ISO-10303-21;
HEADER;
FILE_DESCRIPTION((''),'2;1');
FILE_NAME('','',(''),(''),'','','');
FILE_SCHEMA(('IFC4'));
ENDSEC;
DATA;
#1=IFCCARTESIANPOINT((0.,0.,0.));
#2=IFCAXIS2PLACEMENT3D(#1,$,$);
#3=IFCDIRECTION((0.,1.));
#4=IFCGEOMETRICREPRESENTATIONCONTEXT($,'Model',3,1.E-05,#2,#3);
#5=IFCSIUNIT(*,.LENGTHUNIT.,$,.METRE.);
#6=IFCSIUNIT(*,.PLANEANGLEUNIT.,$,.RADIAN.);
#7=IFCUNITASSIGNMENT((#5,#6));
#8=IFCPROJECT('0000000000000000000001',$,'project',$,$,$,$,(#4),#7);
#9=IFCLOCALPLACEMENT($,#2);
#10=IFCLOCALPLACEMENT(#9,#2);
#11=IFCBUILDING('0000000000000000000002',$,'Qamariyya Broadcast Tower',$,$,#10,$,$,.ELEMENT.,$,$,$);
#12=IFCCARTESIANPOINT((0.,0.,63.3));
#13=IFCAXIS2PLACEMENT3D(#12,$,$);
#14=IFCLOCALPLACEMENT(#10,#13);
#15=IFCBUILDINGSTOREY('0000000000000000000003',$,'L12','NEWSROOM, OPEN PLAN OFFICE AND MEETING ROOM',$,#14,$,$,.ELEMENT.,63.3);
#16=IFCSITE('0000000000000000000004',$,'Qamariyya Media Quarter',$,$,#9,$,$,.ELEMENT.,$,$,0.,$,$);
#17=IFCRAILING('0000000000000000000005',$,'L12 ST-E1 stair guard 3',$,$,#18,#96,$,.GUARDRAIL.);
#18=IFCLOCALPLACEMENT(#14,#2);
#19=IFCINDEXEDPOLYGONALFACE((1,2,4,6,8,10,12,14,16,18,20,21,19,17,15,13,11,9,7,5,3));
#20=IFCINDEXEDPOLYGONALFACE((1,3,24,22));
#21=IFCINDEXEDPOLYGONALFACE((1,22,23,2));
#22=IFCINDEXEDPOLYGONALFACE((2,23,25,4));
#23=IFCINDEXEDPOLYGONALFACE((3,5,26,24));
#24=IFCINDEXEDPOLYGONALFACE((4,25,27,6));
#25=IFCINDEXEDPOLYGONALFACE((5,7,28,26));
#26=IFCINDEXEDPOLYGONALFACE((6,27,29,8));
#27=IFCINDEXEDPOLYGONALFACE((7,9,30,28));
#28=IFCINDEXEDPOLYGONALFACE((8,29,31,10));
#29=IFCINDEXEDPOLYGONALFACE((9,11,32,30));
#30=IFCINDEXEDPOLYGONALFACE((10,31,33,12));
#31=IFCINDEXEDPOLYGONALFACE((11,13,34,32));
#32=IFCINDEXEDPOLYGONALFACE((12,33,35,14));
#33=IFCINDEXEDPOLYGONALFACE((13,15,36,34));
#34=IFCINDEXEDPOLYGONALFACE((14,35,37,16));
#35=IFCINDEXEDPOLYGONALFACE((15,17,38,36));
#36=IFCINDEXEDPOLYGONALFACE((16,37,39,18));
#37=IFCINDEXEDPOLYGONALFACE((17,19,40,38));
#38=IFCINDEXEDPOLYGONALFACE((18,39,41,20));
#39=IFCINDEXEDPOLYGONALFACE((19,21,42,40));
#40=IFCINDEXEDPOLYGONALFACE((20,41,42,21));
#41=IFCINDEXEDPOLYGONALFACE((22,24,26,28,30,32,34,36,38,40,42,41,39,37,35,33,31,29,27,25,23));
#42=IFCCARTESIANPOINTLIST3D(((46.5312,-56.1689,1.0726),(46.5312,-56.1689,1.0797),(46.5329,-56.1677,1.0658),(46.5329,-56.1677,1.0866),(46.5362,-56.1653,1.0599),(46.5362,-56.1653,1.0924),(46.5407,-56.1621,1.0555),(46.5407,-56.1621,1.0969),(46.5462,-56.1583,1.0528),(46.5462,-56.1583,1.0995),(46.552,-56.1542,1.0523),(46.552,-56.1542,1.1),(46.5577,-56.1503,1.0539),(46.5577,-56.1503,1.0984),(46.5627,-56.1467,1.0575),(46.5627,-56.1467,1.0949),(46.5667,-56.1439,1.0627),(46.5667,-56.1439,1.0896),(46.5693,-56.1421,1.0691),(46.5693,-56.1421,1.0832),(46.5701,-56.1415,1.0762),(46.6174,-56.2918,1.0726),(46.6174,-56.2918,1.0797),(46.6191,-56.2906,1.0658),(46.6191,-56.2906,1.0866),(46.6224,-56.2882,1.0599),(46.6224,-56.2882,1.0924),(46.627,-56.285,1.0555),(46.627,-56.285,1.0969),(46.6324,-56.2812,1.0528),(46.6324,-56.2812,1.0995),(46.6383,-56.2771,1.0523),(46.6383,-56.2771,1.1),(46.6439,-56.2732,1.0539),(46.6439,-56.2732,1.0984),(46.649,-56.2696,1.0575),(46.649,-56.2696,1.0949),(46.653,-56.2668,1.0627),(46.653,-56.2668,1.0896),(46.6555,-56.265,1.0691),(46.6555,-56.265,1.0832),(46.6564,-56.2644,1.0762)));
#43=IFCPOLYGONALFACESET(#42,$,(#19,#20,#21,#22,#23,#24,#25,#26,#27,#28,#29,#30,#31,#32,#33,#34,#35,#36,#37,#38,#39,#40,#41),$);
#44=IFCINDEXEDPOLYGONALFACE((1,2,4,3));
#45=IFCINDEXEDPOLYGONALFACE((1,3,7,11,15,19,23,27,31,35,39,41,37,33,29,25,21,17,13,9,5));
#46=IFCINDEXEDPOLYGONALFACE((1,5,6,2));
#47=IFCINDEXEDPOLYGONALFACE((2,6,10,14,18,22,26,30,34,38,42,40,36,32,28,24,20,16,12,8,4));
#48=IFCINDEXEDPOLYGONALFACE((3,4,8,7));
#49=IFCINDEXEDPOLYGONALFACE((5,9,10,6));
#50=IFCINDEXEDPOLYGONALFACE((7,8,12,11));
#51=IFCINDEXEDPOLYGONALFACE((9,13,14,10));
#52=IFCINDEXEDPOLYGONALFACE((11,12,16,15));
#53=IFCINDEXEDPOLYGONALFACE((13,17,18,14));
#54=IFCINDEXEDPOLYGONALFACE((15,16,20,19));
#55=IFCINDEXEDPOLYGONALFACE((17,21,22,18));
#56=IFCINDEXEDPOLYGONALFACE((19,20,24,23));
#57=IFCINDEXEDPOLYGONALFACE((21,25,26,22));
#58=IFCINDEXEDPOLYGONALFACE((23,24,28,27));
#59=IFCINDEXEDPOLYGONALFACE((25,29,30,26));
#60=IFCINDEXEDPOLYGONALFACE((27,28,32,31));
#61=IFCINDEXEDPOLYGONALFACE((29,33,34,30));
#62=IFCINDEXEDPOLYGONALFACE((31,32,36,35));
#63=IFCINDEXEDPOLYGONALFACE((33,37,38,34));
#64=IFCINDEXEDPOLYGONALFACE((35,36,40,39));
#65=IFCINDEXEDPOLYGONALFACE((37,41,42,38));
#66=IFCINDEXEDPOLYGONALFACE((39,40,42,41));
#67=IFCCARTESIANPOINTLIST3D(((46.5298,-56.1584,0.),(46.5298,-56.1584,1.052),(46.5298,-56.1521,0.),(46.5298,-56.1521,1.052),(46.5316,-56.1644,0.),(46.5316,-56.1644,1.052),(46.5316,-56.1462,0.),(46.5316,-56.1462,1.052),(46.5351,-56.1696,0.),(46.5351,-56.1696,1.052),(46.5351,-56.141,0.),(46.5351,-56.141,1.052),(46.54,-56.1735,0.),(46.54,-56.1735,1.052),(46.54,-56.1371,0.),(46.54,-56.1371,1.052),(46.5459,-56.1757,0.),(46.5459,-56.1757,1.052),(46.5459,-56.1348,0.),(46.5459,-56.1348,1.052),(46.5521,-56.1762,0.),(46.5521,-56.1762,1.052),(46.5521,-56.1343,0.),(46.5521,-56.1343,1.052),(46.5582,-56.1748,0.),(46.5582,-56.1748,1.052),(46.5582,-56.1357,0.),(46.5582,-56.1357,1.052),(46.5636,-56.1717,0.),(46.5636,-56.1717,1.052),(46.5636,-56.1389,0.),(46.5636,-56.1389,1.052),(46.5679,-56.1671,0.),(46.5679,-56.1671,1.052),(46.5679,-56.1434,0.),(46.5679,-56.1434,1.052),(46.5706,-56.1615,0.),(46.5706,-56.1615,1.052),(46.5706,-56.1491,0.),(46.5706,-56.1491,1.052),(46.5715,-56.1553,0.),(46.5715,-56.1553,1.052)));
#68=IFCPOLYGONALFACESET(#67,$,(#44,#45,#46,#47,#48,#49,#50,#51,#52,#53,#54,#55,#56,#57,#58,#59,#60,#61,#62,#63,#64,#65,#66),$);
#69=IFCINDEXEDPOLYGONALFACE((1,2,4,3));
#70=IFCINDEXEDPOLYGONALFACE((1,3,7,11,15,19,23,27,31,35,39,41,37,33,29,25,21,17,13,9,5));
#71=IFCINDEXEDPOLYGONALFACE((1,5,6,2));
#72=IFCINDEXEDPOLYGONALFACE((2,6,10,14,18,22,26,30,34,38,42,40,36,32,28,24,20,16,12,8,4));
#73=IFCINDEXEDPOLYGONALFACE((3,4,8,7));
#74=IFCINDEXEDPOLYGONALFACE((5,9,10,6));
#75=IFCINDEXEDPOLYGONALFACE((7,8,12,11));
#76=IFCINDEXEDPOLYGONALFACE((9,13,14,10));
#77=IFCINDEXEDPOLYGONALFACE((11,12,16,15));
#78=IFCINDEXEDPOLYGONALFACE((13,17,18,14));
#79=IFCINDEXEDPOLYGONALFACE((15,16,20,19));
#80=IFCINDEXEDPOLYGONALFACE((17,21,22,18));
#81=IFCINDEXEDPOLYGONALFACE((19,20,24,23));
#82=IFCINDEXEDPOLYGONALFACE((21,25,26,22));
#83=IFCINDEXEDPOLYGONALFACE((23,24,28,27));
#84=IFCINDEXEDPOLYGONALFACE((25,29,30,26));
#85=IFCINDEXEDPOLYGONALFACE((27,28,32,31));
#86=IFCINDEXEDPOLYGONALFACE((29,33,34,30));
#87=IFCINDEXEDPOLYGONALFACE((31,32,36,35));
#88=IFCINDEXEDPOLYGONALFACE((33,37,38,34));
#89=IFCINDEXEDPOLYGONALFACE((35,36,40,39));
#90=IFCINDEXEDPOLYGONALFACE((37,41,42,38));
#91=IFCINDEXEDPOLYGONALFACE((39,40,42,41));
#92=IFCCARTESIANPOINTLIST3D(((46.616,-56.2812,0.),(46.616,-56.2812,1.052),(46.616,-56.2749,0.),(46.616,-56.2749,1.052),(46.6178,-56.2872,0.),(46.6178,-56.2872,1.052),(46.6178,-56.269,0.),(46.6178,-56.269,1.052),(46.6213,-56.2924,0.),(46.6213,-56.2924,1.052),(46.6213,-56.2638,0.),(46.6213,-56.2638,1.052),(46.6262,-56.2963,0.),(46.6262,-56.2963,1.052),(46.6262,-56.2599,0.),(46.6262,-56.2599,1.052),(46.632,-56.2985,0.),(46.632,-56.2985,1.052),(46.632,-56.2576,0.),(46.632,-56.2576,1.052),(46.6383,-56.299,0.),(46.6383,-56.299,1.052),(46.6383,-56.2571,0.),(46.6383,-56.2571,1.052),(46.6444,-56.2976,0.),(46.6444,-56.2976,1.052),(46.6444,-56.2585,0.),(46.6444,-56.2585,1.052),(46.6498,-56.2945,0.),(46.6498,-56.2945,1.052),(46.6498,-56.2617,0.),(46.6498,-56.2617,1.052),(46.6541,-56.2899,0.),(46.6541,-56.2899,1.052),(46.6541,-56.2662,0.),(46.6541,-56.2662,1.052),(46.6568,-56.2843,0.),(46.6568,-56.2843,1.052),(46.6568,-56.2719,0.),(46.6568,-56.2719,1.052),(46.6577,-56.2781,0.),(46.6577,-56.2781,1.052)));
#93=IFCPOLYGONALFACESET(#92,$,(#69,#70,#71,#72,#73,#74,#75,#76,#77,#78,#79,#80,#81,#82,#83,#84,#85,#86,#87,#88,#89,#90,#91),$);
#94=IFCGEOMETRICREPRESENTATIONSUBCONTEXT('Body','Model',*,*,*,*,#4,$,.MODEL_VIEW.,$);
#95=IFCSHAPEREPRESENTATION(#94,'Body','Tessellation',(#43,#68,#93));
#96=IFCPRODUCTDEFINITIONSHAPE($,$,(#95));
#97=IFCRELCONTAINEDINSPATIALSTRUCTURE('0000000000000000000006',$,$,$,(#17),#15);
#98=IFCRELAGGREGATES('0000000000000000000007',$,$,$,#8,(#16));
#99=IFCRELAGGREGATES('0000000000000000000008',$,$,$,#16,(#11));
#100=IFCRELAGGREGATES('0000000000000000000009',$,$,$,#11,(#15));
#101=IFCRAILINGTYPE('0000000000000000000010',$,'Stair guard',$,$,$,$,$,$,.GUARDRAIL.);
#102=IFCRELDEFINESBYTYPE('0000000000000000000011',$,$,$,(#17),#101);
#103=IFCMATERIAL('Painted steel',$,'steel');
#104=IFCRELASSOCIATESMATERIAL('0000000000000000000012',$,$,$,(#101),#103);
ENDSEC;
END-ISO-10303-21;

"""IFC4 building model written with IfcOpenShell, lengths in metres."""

from ifc_helpers import new_model, si_unit, direction, frame, origin, origin_2d, place, context, subcontext, project, spatial, circle, extrude, material, type_object, element, save


model = new_model("IFC4")

# Units and contexts
model_context = context("Model", 3, precision=1e-05, world=origin(), true_north=direction((0.0, 1.0)))
body_context = subcontext(model_context, "Body", "Model", "MODEL_VIEW")
ifc_project = project(units=[si_unit("LENGTHUNIT", "METRE"), si_unit("PLANEANGLEUNIT", "RADIAN")], contexts=[model_context])

# Site, building, storey
site_placement = place(None, origin())
site = spatial("IfcSite", under=ifc_project, at=site_placement, Name="Qamariyya Media Quarter", CompositionType="ELEMENT", RefElevation=0.0)
building_placement = place(site_placement, origin())
building = spatial("IfcBuilding", under=site, at=building_placement, Name="Qamariyya Broadcast Tower", CompositionType="ELEMENT")
storey_placement = place(building_placement, frame((0.0, 0.0, 63.3)))
storey = spatial("IfcBuildingStorey", under=building, at=storey_placement, Name="L12", Description="NEWSROOM, OPEN PLAN OFFICE AND MEETING ROOM", CompositionType="ELEMENT", Elevation=63.3)

# Railing
ifc_material_1 = material(Name="Painted steel", Category="steel")
railing_type_1 = type_object("IfcRailingType", Name="Stair guard", PredefinedType="GUARDRAIL", material=ifc_material_1)
railing_1_placement = place(storey_placement, frame((46.5505, -56.1553, 0.0)))
element("IfcRailing", 1, at=railing_1_placement, inside=storey, type_object=railing_type_1, Name="L12 ST-E1 stair guard 3", PredefinedType="GUARDRAIL", context=body_context, shape_type="SweptSolid", body=[
    extrude(circle(Radius=0.0239, at=origin_2d()), frame((0.0, 0.0, 1.0762), z_axis=(0.574445, -0.818543, 0.0), x_axis=(0.818543, 0.574445, 0.0)), (0.0, 0.0, 1.0), 0.1501),
    extrude(circle(Radius=0.021, at=origin_2d()), origin(), (0.0, 0.0, 1.0), 1.052),
    extrude(circle(Radius=0.021, at=origin_2d()), frame((0.0862, -0.1228, 0.0)), (0.0, 0.0, 1.0), 1.052),
])

save(model, "model.ifc")
